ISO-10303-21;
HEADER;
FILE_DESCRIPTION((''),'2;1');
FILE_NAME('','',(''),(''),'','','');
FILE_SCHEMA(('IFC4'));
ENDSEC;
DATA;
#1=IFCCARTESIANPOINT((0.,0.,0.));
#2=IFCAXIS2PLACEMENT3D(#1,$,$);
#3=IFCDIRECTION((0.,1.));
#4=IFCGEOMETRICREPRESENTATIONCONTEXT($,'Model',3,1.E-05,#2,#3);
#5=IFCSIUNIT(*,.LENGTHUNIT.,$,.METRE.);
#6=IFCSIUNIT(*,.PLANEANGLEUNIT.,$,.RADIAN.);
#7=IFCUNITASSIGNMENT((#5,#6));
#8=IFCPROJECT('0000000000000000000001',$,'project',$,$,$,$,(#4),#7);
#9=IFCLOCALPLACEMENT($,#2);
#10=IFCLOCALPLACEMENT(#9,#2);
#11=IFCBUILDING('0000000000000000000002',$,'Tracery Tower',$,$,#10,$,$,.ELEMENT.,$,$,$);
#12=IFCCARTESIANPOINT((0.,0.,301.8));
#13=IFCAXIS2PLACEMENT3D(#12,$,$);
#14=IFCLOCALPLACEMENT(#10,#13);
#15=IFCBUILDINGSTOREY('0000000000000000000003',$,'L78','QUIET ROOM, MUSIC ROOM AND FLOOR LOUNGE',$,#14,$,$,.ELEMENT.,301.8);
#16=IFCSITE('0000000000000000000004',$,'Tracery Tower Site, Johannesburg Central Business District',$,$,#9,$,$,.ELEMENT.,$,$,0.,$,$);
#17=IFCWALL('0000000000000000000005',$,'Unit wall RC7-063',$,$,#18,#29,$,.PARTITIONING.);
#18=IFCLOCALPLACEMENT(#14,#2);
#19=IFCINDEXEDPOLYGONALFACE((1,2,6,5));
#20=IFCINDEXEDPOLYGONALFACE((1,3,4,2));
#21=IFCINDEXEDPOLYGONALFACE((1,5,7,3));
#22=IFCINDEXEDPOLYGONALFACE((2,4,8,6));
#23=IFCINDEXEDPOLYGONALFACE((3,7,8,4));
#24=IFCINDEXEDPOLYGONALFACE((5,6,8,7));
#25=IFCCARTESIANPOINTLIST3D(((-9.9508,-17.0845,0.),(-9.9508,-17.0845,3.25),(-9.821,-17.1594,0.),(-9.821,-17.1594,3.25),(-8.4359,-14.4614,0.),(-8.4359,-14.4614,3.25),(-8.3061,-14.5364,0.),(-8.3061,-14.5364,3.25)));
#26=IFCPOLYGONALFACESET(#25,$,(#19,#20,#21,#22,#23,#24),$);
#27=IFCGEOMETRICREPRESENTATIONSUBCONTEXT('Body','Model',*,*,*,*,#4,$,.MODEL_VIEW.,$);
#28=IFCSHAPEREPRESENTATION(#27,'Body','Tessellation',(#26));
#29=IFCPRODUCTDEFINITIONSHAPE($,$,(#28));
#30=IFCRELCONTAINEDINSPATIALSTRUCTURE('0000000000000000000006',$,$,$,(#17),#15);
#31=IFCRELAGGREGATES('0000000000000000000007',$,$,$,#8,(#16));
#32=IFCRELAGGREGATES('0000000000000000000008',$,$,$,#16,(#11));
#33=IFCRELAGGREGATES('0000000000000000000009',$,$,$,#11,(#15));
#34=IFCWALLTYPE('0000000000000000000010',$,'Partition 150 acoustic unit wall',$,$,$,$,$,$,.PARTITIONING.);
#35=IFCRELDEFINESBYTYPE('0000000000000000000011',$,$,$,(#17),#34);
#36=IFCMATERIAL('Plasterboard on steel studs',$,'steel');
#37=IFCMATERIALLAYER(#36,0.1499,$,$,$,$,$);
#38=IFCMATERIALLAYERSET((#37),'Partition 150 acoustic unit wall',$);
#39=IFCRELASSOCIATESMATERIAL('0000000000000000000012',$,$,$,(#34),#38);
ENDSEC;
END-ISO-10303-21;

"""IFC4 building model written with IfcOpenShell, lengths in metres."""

from ifc_helpers import new_model, si_unit, direction, frame, frame_2d, origin, place, context, subcontext, project, spatial, rectangle, extrude, material, layer, layer_set, type_object, element, save


model = new_model("IFC4")

# Units and contexts
model_context = context("Model", 3, precision=1e-05, world=origin(), true_north=direction((0.0, 1.0)))
body_context = subcontext(model_context, "Body", "Model", "MODEL_VIEW")
ifc_project = project(units=[si_unit("LENGTHUNIT", "METRE"), si_unit("PLANEANGLEUNIT", "RADIAN")], contexts=[model_context])

# Site, building, storey
site_placement = place(None, origin())
site = spatial("IfcSite", under=ifc_project, at=site_placement, Name="Tracery Tower Site, Johannesburg Central Business District", CompositionType="ELEMENT", RefElevation=0.0)
building_placement = place(site_placement, origin())
building = spatial("IfcBuilding", under=site, at=building_placement, Name="Tracery Tower", CompositionType="ELEMENT")
storey_placement = place(building_placement, frame((0.0, 0.0, 301.8)))
storey = spatial("IfcBuildingStorey", under=building, at=storey_placement, Name="L78", Description="QUIET ROOM, MUSIC ROOM AND FLOOR LOUNGE", CompositionType="ELEMENT", Elevation=301.8)

# Wall
ifc_material_1 = material(Name="Plasterboard on steel studs", Category="steel")
ifc_layer_1 = layer(ifc_material_1, 0.1499)
ifc_layer_set_1 = layer_set([ifc_layer_1], Name="Partition 150 acoustic unit wall")
wall_type_1 = type_object("IfcWallType", Name="Partition 150 acoustic unit wall", PredefinedType="PARTITIONING", material=ifc_layer_set_1)
wall_1_placement = place(storey_placement, frame((-9.886, -17.1221, 0.0), z_axis=(0.0, 0.0, 1.0), x_axis=(0.500118, 0.865957, 0.0)))
element("IfcWall", 1, at=wall_1_placement, inside=storey, type_object=wall_type_1, Name="Unit wall RC7-063", PredefinedType="PARTITIONING", context=body_context, shape_type="SweptSolid", body=[
    extrude(rectangle(XDim=3.0291, YDim=0.1499, at=frame_2d((1.5146, 0.0))), origin(), (0.0, 0.0, 1.0), 3.25),
])

save(model, "model.ifc")
